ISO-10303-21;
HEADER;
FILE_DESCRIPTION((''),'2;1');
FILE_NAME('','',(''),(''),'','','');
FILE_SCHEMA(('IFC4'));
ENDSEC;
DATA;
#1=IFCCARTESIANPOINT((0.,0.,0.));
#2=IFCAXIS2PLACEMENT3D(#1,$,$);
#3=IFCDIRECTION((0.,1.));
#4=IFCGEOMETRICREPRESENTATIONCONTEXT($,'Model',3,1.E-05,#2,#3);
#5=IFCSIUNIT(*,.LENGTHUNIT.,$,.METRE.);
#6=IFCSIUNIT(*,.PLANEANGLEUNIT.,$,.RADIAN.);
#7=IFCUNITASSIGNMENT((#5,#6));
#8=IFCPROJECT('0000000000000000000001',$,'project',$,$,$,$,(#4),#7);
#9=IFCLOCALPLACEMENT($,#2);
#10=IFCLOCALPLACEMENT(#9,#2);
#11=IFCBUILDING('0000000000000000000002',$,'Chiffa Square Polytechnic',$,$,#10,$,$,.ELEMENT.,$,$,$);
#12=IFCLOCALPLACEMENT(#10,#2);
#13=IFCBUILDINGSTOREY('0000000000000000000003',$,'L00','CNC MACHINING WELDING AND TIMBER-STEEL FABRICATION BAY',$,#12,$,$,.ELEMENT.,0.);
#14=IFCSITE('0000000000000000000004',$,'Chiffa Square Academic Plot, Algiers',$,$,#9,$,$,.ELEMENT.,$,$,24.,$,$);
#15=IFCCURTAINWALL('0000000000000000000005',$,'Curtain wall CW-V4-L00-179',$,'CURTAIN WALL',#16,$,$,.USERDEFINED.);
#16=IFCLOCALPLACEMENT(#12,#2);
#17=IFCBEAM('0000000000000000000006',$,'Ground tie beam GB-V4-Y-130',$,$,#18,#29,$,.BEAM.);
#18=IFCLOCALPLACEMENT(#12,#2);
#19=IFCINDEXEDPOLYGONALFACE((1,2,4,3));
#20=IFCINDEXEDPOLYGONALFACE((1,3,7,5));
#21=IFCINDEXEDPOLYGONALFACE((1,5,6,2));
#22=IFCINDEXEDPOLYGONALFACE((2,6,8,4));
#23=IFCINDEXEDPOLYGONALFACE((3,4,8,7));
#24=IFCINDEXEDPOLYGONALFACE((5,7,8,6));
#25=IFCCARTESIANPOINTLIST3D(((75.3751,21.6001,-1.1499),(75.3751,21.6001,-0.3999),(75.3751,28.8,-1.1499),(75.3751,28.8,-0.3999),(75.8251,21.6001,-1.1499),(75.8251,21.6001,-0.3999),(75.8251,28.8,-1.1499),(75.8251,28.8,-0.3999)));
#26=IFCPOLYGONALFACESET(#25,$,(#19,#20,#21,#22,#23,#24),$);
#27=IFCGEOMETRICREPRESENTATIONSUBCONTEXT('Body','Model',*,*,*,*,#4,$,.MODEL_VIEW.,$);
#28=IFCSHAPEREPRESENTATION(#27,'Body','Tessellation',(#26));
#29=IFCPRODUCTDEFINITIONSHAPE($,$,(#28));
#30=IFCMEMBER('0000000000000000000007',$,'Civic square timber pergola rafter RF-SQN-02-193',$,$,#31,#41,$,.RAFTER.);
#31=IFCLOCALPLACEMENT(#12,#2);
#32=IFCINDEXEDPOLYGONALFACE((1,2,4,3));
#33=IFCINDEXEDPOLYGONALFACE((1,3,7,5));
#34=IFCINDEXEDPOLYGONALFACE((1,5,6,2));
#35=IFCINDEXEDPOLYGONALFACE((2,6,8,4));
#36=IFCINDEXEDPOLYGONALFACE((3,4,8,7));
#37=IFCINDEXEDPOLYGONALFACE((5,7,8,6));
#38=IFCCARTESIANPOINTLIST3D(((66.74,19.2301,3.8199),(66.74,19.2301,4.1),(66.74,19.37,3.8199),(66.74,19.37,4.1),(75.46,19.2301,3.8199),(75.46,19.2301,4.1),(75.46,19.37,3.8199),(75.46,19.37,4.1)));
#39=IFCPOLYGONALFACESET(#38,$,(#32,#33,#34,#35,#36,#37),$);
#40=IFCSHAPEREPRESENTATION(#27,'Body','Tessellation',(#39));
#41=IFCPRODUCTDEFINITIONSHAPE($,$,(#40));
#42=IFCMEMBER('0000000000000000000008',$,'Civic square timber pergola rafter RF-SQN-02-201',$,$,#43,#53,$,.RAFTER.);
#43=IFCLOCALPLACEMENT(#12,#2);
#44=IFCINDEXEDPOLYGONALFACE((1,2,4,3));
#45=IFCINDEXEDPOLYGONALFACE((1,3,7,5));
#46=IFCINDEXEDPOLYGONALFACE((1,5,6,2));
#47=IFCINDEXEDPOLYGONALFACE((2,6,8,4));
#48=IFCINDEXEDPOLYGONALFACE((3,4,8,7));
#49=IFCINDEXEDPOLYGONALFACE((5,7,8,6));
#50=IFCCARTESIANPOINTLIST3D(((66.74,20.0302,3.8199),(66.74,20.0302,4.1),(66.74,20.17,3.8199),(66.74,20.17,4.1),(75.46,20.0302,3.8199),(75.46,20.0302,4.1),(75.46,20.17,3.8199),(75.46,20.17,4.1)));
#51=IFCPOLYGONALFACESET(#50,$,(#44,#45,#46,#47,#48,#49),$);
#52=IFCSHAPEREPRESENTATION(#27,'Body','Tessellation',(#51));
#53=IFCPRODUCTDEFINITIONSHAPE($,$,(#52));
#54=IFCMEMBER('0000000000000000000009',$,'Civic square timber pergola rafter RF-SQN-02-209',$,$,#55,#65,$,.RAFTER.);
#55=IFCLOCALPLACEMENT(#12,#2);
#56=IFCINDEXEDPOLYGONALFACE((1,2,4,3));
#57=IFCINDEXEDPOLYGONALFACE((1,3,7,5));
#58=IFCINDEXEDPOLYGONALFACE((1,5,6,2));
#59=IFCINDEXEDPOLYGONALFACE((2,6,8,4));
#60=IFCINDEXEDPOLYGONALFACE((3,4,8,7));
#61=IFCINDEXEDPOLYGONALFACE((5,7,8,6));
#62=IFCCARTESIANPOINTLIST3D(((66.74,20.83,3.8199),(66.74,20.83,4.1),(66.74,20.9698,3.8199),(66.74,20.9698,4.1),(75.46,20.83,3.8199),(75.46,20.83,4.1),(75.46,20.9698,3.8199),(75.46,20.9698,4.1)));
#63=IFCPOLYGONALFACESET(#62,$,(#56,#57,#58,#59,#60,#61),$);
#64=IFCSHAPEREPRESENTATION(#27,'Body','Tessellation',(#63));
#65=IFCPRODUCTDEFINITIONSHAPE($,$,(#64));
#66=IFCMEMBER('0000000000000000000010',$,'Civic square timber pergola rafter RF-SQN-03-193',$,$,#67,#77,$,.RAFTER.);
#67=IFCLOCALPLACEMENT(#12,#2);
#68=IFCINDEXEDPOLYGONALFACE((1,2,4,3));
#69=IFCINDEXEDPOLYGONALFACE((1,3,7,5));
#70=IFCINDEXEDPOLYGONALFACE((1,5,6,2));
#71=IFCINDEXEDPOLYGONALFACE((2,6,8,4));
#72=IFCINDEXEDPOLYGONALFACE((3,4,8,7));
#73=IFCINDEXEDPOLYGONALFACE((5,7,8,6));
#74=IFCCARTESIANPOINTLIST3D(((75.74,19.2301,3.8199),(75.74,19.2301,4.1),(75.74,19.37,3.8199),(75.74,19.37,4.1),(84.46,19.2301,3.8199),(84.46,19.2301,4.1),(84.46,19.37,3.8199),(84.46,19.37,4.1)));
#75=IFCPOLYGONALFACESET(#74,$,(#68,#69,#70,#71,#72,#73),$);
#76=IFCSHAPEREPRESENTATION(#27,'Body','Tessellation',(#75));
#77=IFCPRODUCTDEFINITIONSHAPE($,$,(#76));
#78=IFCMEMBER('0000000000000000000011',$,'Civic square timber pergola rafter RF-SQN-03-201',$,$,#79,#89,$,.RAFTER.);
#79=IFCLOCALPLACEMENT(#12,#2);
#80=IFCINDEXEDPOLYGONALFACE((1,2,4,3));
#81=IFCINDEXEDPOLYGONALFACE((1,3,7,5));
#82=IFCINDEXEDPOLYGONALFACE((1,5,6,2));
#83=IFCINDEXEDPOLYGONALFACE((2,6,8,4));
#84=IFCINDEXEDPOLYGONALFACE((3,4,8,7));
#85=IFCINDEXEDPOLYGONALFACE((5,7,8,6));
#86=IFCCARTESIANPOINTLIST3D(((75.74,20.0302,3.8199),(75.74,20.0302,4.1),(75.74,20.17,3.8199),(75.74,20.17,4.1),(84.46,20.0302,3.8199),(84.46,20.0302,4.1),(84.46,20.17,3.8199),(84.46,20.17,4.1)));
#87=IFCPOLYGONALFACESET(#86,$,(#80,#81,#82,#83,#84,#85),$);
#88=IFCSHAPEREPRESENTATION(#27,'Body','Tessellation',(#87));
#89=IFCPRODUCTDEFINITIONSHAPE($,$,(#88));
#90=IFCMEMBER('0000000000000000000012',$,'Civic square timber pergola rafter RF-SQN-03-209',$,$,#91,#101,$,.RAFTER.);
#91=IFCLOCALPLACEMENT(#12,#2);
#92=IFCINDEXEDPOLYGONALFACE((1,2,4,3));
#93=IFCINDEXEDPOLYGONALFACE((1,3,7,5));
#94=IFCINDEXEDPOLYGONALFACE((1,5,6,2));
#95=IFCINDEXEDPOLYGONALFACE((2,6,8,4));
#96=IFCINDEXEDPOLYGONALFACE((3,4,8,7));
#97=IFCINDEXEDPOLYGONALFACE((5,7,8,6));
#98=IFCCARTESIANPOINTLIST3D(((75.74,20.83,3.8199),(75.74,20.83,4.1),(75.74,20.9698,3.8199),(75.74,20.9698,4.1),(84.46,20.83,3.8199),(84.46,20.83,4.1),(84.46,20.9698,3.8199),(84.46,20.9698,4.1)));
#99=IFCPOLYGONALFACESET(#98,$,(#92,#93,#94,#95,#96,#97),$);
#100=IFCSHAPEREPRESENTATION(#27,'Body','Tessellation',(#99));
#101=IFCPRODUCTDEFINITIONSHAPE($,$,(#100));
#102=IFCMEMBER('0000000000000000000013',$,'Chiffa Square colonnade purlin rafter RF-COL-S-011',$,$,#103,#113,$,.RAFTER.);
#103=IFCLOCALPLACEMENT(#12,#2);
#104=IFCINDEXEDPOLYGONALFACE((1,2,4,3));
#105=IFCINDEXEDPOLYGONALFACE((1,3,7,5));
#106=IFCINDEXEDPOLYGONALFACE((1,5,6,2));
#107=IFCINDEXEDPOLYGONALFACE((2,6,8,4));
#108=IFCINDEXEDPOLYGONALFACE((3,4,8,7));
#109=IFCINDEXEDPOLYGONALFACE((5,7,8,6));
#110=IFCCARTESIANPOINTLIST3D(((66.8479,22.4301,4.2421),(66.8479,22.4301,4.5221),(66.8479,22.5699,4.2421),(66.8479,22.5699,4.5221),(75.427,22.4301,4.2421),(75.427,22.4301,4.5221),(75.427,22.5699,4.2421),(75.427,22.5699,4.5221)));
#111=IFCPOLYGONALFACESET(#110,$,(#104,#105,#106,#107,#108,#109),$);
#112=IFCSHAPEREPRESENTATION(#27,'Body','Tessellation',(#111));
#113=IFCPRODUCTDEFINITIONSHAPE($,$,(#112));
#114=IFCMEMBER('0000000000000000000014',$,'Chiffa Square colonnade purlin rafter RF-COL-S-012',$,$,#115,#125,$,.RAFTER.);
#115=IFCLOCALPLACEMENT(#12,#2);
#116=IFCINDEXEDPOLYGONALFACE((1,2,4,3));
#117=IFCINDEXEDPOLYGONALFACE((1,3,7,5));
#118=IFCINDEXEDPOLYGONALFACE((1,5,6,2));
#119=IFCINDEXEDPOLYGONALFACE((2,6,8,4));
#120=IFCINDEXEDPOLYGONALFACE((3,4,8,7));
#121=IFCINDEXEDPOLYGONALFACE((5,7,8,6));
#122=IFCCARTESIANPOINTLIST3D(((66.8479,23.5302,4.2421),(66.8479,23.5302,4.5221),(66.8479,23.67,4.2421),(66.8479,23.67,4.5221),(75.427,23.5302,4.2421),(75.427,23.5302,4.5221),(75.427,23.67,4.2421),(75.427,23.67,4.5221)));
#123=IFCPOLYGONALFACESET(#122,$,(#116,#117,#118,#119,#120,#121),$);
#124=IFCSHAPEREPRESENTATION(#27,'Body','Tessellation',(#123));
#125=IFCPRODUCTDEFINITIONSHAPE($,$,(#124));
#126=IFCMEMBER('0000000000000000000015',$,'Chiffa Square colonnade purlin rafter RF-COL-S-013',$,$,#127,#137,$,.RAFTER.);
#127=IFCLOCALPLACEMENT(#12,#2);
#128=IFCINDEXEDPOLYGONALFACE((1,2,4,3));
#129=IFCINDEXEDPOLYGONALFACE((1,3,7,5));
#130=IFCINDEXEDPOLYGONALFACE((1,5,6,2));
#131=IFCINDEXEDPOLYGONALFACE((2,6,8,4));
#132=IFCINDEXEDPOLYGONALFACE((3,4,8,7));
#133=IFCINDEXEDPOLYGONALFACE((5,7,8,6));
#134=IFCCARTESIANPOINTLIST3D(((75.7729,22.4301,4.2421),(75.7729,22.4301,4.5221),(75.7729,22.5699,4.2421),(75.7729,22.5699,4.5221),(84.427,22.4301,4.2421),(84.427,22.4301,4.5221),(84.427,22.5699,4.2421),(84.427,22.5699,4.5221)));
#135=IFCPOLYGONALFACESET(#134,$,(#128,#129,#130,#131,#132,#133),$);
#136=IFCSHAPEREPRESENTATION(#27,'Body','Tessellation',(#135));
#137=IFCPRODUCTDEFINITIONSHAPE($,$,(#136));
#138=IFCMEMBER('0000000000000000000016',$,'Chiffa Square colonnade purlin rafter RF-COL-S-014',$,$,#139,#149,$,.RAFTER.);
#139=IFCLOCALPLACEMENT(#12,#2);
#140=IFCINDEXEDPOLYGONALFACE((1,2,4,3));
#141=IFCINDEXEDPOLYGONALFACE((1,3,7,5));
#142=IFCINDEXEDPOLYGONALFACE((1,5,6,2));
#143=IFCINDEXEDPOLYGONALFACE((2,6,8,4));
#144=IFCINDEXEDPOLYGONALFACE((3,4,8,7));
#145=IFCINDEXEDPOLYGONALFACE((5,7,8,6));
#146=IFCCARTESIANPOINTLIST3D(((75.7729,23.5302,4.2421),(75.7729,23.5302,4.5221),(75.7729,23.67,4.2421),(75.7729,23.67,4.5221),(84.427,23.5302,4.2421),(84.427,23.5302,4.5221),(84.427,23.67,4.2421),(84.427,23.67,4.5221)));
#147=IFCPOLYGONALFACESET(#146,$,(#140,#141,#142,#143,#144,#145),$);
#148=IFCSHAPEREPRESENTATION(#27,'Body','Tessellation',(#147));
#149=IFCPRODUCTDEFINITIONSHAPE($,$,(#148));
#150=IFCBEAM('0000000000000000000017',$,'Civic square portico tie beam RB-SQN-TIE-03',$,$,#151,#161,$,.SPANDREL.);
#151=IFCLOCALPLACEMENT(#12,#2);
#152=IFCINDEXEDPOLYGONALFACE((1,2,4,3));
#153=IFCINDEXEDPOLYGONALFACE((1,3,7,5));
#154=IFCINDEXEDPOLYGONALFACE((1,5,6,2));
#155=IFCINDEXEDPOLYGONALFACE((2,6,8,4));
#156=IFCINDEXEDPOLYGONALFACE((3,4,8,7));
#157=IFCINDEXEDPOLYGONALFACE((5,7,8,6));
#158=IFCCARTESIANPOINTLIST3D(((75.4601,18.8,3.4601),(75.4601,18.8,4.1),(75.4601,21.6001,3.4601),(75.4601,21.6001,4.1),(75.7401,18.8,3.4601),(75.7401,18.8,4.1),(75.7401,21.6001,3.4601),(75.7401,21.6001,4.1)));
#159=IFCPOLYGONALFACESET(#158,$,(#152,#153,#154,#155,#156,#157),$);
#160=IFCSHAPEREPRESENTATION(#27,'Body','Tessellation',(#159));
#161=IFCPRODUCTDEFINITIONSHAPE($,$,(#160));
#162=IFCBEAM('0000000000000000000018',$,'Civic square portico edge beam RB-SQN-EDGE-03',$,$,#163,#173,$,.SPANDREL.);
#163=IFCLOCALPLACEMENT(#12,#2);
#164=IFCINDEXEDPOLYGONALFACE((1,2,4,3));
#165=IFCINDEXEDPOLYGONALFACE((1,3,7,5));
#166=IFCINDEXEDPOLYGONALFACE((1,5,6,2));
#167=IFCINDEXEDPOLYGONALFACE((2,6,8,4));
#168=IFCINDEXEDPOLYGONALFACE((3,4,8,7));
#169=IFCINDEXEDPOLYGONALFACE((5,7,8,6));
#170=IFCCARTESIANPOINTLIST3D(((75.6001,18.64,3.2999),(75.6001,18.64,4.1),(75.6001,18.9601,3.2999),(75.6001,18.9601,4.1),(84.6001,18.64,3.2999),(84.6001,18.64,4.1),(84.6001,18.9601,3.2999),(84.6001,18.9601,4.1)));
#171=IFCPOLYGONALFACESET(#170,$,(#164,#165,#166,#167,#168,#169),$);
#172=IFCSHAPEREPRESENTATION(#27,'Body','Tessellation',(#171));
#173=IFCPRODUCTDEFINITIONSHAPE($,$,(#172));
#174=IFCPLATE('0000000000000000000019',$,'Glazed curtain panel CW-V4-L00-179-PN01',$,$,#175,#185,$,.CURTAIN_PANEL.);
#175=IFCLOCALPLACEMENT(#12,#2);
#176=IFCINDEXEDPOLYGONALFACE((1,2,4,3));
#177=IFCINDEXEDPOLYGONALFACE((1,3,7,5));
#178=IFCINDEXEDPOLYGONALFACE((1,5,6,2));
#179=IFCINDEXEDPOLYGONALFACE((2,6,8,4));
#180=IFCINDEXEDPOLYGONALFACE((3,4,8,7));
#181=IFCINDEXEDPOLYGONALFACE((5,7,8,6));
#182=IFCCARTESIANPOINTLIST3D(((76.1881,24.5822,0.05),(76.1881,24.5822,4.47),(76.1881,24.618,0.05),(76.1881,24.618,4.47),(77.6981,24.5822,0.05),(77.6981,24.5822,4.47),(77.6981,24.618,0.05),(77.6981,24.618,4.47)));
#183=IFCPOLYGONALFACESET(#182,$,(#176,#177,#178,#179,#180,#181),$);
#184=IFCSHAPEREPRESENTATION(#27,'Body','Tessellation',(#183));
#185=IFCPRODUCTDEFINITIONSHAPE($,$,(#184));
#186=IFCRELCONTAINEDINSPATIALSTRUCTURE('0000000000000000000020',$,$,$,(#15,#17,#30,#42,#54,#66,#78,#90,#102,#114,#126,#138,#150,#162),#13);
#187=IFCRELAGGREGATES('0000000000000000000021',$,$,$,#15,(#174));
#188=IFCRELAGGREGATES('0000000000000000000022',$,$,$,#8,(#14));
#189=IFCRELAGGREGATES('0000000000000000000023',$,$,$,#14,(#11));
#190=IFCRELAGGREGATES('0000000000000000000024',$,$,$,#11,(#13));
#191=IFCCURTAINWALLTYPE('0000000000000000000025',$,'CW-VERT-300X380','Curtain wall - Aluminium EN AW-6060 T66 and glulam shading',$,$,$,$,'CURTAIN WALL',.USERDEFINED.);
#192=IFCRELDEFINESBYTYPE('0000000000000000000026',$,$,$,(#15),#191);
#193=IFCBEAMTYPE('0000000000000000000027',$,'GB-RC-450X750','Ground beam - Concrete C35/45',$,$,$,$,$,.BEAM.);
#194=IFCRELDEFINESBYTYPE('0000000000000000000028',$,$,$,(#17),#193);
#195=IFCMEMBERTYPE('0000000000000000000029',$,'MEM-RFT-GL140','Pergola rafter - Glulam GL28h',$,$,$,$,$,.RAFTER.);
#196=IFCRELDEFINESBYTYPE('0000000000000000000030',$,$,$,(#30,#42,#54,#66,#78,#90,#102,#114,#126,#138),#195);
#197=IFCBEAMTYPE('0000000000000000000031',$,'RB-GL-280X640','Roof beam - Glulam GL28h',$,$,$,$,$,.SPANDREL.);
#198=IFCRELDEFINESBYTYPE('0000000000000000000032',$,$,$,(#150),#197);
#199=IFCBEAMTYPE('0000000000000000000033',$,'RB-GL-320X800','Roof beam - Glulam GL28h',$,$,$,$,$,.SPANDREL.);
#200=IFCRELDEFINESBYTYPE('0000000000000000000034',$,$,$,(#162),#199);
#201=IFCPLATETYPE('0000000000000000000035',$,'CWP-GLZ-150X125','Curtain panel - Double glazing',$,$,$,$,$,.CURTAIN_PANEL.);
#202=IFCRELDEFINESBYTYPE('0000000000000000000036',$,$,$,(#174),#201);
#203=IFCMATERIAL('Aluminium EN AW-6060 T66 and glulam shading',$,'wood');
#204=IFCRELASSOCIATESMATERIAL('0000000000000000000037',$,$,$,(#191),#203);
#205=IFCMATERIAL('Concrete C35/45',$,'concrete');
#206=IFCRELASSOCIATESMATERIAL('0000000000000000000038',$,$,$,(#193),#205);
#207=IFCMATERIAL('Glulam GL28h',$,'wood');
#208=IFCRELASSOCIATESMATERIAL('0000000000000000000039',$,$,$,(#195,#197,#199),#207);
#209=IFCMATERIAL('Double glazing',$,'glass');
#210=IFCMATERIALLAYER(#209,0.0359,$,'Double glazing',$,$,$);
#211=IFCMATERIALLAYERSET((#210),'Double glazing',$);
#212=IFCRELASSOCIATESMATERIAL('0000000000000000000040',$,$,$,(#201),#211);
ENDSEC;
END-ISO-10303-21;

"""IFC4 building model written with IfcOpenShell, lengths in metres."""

from ifc_helpers import new_model, si_unit, direction, frame, origin, origin_2d, place, context, subcontext, project, spatial, rectangle, extrude, material, layer, layer_set, material_profile, profile_set, type_object, element, aggregate, save


model = new_model("IFC4")

# Units and contexts
model_context = context("Model", 3, precision=1e-05, world=origin(), true_north=direction((0.0, 1.0)))
body_context = subcontext(model_context, "Body", "Model", "MODEL_VIEW")
ifc_project = project(units=[si_unit("LENGTHUNIT", "METRE"), si_unit("PLANEANGLEUNIT", "RADIAN")], contexts=[model_context])

# Site, building, storey
site_placement = place(None, origin())
site = spatial("IfcSite", under=ifc_project, at=site_placement, Name="Chiffa Square Academic Plot, Algiers", CompositionType="ELEMENT", RefElevation=24.0)
building_placement = place(site_placement, origin())
building = spatial("IfcBuilding", under=site, at=building_placement, Name="Chiffa Square Polytechnic", CompositionType="ELEMENT")
storey_placement = place(building_placement, origin())
storey = spatial("IfcBuildingStorey", under=building, at=storey_placement, Name="L00", Description="CNC MACHINING WELDING AND TIMBER-STEEL FABRICATION BAY", CompositionType="ELEMENT", Elevation=0.0)

# Curtain wall
ifc_material_1 = material(Name="Aluminium EN AW-6060 T66 and glulam shading", Category="wood")
curtain_wall_type = type_object("IfcCurtainWallType", Name="CW-VERT-300X380", Description="Curtain wall - Aluminium EN AW-6060 T66 and glulam shading", ElementType="CURTAIN WALL", PredefinedType="USERDEFINED", material=ifc_material_1)
curtain_wall_placement = place(storey_placement, origin())
curtain_wall = element("IfcCurtainWall", 1, at=curtain_wall_placement, inside=storey, type_object=curtain_wall_type, Name="Curtain wall CW-V4-L00-179", ObjectType="CURTAIN WALL", PredefinedType="USERDEFINED")
ifc_material_2 = material(Name="Glulam GL28h", Category="wood")

# Beam
ifc_material_3 = material(Name="Concrete C35/45", Category="concrete")
ifc_material_profile_1 = material_profile(ifc_material_3, rectangle(XDim=0.45, YDim=0.75, at=origin_2d()), Name="RC 450x750")
ifc_profile_set_1 = profile_set([ifc_material_profile_1], Name="Concrete C35/45")
beam_type_1 = type_object("IfcBeamType", Name="GB-RC-450X750", Description="Ground beam - Concrete C35/45", PredefinedType="BEAM", material=ifc_profile_set_1)
beam_1_placement = place(storey_placement, frame((75.6001, 21.6001, -0.7749), z_axis=(0.0, 1.0, 0.0), x_axis=(-1.0, 0.0, 0.0)))
element("IfcBeam", 2, at=beam_1_placement, inside=storey, type_object=beam_type_1, Name="Ground tie beam GB-V4-Y-130", PredefinedType="BEAM", context=body_context, shape_type="SweptSolid", body=[
    extrude(rectangle(XDim=0.45, YDim=0.75, at=origin_2d()), origin(), (0.0, 0.0, 1.0), 7.2),
])

# Members
ifc_material_profile_2 = material_profile(ifc_material_2, rectangle(XDim=0.1399, YDim=0.28, at=origin_2d()), Name="GL28h 140x280")
ifc_profile_set_2 = profile_set([ifc_material_profile_2], Name="Glulam GL28h")
member_type_1 = type_object("IfcMemberType", Name="MEM-RFT-GL140", Description="Pergola rafter - Glulam GL28h", PredefinedType="RAFTER", material=ifc_profile_set_2)
for number, where, z_axis, x_axis, name in (
    (3, (66.74, 19.3, 3.96), (1.0, 0.0, 0.0), (0.0, 1.0, 0.0), "Civic square timber pergola rafter RF-SQN-02-193"),
    (4, (66.74, 20.1001, 3.96), (1.0, 0.0, 0.0), (0.0, 1.0, 0.0), "Civic square timber pergola rafter RF-SQN-02-201"),
    (5, (66.74, 20.8999, 3.96), (1.0, 0.0, 0.0), (0.0, 1.0, 0.0), "Civic square timber pergola rafter RF-SQN-02-209"),
    (6, (75.74, 19.3, 3.96), (1.0, 0.0, 0.0), (0.0, 1.0, 0.0), "Civic square timber pergola rafter RF-SQN-03-193"),
    (7, (75.74, 20.1001, 3.96), (1.0, 0.0, 0.0), (0.0, 1.0, 0.0), "Civic square timber pergola rafter RF-SQN-03-201"),
    (8, (75.74, 20.8999, 3.96), (1.0, 0.0, 0.0), (0.0, 1.0, 0.0), "Civic square timber pergola rafter RF-SQN-03-209"),
):
    element("IfcMember", number, at=place(storey_placement, frame(where, z_axis=z_axis, x_axis=x_axis)), inside=storey, type_object=member_type_1, Name=name, PredefinedType="RAFTER", context=body_context, shape_type="SweptSolid", body=[
        extrude(rectangle(XDim=0.1399, YDim=0.28, at=origin_2d()), origin(), (0.0, 0.0, 1.0), 8.72),
    ])
for number, where, z_axis, x_axis, name in (
    (9, (66.8479, 22.5, 4.3821), (1.0, 0.0, 0.0), (0.0, 1.0, 0.0), "Chiffa Square colonnade purlin rafter RF-COL-S-011"),
    (10, (66.8479, 23.6001, 4.3821), (1.0, 0.0, 0.0), (0.0, 1.0, 0.0), "Chiffa Square colonnade purlin rafter RF-COL-S-012"),
):
    element("IfcMember", number, at=place(storey_placement, frame(where, z_axis=z_axis, x_axis=x_axis)), inside=storey, type_object=member_type_1, Name=name, PredefinedType="RAFTER", context=body_context, shape_type="SweptSolid", body=[
        extrude(rectangle(XDim=0.1399, YDim=0.28, at=origin_2d()), origin(), (0.0, 0.0, 1.0), 8.5791),
    ])
for number, where, z_axis, x_axis, name in (
    (11, (75.7729, 22.5, 4.3821), (1.0, 0.0, 0.0), (0.0, 1.0, 0.0), "Chiffa Square colonnade purlin rafter RF-COL-S-013"),
    (12, (75.7729, 23.6001, 4.3821), (1.0, 0.0, 0.0), (0.0, 1.0, 0.0), "Chiffa Square colonnade purlin rafter RF-COL-S-014"),
):
    element("IfcMember", number, at=place(storey_placement, frame(where, z_axis=z_axis, x_axis=x_axis)), inside=storey, type_object=member_type_1, Name=name, PredefinedType="RAFTER", context=body_context, shape_type="SweptSolid", body=[
        extrude(rectangle(XDim=0.1399, YDim=0.28, at=origin_2d()), origin(), (0.0, 0.0, 1.0), 8.6541),
    ])

# Beams
ifc_material_profile_3 = material_profile(ifc_material_2, rectangle(XDim=0.28, YDim=0.6399, at=origin_2d()), Name="GL28h 280x640")
ifc_profile_set_3 = profile_set([ifc_material_profile_3], Name="Glulam GL28h")
beam_type_2 = type_object("IfcBeamType", Name="RB-GL-280X640", Description="Roof beam - Glulam GL28h", PredefinedType="SPANDREL", material=ifc_profile_set_3)
beam_2_placement = place(storey_placement, frame((75.6001, 18.8, 3.78), z_axis=(0.0, 1.0, 0.0), x_axis=(-1.0, 0.0, 0.0)))
element("IfcBeam", 13, at=beam_2_placement, inside=storey, type_object=beam_type_2, Name="Civic square portico tie beam RB-SQN-TIE-03", PredefinedType="SPANDREL", context=body_context, shape_type="SweptSolid", body=[
    extrude(rectangle(XDim=0.28, YDim=0.6399, at=origin_2d()), origin(), (0.0, 0.0, 1.0), 2.8),
])
ifc_material_profile_4 = material_profile(ifc_material_2, rectangle(XDim=0.3201, YDim=0.8, at=origin_2d()), Name="GL28h 320x800")
ifc_profile_set_4 = profile_set([ifc_material_profile_4], Name="Glulam GL28h")
beam_type_3 = type_object("IfcBeamType", Name="RB-GL-320X800", Description="Roof beam - Glulam GL28h", PredefinedType="SPANDREL", material=ifc_profile_set_4)
beam_3_placement = place(storey_placement, frame((75.6001, 18.8, 3.7), z_axis=(1.0, 0.0, 0.0), x_axis=(0.0, 1.0, 0.0)))
element("IfcBeam", 14, at=beam_3_placement, inside=storey, type_object=beam_type_3, Name="Civic square portico edge beam RB-SQN-EDGE-03", PredefinedType="SPANDREL", context=body_context, shape_type="SweptSolid", body=[
    extrude(rectangle(XDim=0.3201, YDim=0.8, at=origin_2d()), origin(), (0.0, 0.0, 1.0), 9.0),
])

# Plate
ifc_material_4 = material(Name="Double glazing", Category="glass")
ifc_layer_1 = layer(ifc_material_4, 0.0359, Name="Double glazing")
ifc_layer_set_1 = layer_set([ifc_layer_1], Name="Double glazing")
plate_type = type_object("IfcPlateType", Name="CWP-GLZ-150X125", Description="Curtain panel - Double glazing", PredefinedType="CURTAIN_PANEL", material=ifc_layer_set_1)
plate_placement = place(storey_placement, frame((76.9431, 24.6001, 0.05), z_axis=(0.0, 0.0, 1.0), x_axis=(1.0, 0.0, 0.0)))
plate = element("IfcPlate", 15, at=plate_placement, type_object=plate_type, Name="Glazed curtain panel CW-V4-L00-179-PN01", PredefinedType="CURTAIN_PANEL", context=body_context, shape_type="SweptSolid", body=[
    extrude(rectangle(XDim=1.51, YDim=0.0359, at=origin_2d()), origin(), (0.0, 0.0, 1.0), 4.4199),
])
aggregate(curtain_wall, [plate])

save(model, "model.ifc")
